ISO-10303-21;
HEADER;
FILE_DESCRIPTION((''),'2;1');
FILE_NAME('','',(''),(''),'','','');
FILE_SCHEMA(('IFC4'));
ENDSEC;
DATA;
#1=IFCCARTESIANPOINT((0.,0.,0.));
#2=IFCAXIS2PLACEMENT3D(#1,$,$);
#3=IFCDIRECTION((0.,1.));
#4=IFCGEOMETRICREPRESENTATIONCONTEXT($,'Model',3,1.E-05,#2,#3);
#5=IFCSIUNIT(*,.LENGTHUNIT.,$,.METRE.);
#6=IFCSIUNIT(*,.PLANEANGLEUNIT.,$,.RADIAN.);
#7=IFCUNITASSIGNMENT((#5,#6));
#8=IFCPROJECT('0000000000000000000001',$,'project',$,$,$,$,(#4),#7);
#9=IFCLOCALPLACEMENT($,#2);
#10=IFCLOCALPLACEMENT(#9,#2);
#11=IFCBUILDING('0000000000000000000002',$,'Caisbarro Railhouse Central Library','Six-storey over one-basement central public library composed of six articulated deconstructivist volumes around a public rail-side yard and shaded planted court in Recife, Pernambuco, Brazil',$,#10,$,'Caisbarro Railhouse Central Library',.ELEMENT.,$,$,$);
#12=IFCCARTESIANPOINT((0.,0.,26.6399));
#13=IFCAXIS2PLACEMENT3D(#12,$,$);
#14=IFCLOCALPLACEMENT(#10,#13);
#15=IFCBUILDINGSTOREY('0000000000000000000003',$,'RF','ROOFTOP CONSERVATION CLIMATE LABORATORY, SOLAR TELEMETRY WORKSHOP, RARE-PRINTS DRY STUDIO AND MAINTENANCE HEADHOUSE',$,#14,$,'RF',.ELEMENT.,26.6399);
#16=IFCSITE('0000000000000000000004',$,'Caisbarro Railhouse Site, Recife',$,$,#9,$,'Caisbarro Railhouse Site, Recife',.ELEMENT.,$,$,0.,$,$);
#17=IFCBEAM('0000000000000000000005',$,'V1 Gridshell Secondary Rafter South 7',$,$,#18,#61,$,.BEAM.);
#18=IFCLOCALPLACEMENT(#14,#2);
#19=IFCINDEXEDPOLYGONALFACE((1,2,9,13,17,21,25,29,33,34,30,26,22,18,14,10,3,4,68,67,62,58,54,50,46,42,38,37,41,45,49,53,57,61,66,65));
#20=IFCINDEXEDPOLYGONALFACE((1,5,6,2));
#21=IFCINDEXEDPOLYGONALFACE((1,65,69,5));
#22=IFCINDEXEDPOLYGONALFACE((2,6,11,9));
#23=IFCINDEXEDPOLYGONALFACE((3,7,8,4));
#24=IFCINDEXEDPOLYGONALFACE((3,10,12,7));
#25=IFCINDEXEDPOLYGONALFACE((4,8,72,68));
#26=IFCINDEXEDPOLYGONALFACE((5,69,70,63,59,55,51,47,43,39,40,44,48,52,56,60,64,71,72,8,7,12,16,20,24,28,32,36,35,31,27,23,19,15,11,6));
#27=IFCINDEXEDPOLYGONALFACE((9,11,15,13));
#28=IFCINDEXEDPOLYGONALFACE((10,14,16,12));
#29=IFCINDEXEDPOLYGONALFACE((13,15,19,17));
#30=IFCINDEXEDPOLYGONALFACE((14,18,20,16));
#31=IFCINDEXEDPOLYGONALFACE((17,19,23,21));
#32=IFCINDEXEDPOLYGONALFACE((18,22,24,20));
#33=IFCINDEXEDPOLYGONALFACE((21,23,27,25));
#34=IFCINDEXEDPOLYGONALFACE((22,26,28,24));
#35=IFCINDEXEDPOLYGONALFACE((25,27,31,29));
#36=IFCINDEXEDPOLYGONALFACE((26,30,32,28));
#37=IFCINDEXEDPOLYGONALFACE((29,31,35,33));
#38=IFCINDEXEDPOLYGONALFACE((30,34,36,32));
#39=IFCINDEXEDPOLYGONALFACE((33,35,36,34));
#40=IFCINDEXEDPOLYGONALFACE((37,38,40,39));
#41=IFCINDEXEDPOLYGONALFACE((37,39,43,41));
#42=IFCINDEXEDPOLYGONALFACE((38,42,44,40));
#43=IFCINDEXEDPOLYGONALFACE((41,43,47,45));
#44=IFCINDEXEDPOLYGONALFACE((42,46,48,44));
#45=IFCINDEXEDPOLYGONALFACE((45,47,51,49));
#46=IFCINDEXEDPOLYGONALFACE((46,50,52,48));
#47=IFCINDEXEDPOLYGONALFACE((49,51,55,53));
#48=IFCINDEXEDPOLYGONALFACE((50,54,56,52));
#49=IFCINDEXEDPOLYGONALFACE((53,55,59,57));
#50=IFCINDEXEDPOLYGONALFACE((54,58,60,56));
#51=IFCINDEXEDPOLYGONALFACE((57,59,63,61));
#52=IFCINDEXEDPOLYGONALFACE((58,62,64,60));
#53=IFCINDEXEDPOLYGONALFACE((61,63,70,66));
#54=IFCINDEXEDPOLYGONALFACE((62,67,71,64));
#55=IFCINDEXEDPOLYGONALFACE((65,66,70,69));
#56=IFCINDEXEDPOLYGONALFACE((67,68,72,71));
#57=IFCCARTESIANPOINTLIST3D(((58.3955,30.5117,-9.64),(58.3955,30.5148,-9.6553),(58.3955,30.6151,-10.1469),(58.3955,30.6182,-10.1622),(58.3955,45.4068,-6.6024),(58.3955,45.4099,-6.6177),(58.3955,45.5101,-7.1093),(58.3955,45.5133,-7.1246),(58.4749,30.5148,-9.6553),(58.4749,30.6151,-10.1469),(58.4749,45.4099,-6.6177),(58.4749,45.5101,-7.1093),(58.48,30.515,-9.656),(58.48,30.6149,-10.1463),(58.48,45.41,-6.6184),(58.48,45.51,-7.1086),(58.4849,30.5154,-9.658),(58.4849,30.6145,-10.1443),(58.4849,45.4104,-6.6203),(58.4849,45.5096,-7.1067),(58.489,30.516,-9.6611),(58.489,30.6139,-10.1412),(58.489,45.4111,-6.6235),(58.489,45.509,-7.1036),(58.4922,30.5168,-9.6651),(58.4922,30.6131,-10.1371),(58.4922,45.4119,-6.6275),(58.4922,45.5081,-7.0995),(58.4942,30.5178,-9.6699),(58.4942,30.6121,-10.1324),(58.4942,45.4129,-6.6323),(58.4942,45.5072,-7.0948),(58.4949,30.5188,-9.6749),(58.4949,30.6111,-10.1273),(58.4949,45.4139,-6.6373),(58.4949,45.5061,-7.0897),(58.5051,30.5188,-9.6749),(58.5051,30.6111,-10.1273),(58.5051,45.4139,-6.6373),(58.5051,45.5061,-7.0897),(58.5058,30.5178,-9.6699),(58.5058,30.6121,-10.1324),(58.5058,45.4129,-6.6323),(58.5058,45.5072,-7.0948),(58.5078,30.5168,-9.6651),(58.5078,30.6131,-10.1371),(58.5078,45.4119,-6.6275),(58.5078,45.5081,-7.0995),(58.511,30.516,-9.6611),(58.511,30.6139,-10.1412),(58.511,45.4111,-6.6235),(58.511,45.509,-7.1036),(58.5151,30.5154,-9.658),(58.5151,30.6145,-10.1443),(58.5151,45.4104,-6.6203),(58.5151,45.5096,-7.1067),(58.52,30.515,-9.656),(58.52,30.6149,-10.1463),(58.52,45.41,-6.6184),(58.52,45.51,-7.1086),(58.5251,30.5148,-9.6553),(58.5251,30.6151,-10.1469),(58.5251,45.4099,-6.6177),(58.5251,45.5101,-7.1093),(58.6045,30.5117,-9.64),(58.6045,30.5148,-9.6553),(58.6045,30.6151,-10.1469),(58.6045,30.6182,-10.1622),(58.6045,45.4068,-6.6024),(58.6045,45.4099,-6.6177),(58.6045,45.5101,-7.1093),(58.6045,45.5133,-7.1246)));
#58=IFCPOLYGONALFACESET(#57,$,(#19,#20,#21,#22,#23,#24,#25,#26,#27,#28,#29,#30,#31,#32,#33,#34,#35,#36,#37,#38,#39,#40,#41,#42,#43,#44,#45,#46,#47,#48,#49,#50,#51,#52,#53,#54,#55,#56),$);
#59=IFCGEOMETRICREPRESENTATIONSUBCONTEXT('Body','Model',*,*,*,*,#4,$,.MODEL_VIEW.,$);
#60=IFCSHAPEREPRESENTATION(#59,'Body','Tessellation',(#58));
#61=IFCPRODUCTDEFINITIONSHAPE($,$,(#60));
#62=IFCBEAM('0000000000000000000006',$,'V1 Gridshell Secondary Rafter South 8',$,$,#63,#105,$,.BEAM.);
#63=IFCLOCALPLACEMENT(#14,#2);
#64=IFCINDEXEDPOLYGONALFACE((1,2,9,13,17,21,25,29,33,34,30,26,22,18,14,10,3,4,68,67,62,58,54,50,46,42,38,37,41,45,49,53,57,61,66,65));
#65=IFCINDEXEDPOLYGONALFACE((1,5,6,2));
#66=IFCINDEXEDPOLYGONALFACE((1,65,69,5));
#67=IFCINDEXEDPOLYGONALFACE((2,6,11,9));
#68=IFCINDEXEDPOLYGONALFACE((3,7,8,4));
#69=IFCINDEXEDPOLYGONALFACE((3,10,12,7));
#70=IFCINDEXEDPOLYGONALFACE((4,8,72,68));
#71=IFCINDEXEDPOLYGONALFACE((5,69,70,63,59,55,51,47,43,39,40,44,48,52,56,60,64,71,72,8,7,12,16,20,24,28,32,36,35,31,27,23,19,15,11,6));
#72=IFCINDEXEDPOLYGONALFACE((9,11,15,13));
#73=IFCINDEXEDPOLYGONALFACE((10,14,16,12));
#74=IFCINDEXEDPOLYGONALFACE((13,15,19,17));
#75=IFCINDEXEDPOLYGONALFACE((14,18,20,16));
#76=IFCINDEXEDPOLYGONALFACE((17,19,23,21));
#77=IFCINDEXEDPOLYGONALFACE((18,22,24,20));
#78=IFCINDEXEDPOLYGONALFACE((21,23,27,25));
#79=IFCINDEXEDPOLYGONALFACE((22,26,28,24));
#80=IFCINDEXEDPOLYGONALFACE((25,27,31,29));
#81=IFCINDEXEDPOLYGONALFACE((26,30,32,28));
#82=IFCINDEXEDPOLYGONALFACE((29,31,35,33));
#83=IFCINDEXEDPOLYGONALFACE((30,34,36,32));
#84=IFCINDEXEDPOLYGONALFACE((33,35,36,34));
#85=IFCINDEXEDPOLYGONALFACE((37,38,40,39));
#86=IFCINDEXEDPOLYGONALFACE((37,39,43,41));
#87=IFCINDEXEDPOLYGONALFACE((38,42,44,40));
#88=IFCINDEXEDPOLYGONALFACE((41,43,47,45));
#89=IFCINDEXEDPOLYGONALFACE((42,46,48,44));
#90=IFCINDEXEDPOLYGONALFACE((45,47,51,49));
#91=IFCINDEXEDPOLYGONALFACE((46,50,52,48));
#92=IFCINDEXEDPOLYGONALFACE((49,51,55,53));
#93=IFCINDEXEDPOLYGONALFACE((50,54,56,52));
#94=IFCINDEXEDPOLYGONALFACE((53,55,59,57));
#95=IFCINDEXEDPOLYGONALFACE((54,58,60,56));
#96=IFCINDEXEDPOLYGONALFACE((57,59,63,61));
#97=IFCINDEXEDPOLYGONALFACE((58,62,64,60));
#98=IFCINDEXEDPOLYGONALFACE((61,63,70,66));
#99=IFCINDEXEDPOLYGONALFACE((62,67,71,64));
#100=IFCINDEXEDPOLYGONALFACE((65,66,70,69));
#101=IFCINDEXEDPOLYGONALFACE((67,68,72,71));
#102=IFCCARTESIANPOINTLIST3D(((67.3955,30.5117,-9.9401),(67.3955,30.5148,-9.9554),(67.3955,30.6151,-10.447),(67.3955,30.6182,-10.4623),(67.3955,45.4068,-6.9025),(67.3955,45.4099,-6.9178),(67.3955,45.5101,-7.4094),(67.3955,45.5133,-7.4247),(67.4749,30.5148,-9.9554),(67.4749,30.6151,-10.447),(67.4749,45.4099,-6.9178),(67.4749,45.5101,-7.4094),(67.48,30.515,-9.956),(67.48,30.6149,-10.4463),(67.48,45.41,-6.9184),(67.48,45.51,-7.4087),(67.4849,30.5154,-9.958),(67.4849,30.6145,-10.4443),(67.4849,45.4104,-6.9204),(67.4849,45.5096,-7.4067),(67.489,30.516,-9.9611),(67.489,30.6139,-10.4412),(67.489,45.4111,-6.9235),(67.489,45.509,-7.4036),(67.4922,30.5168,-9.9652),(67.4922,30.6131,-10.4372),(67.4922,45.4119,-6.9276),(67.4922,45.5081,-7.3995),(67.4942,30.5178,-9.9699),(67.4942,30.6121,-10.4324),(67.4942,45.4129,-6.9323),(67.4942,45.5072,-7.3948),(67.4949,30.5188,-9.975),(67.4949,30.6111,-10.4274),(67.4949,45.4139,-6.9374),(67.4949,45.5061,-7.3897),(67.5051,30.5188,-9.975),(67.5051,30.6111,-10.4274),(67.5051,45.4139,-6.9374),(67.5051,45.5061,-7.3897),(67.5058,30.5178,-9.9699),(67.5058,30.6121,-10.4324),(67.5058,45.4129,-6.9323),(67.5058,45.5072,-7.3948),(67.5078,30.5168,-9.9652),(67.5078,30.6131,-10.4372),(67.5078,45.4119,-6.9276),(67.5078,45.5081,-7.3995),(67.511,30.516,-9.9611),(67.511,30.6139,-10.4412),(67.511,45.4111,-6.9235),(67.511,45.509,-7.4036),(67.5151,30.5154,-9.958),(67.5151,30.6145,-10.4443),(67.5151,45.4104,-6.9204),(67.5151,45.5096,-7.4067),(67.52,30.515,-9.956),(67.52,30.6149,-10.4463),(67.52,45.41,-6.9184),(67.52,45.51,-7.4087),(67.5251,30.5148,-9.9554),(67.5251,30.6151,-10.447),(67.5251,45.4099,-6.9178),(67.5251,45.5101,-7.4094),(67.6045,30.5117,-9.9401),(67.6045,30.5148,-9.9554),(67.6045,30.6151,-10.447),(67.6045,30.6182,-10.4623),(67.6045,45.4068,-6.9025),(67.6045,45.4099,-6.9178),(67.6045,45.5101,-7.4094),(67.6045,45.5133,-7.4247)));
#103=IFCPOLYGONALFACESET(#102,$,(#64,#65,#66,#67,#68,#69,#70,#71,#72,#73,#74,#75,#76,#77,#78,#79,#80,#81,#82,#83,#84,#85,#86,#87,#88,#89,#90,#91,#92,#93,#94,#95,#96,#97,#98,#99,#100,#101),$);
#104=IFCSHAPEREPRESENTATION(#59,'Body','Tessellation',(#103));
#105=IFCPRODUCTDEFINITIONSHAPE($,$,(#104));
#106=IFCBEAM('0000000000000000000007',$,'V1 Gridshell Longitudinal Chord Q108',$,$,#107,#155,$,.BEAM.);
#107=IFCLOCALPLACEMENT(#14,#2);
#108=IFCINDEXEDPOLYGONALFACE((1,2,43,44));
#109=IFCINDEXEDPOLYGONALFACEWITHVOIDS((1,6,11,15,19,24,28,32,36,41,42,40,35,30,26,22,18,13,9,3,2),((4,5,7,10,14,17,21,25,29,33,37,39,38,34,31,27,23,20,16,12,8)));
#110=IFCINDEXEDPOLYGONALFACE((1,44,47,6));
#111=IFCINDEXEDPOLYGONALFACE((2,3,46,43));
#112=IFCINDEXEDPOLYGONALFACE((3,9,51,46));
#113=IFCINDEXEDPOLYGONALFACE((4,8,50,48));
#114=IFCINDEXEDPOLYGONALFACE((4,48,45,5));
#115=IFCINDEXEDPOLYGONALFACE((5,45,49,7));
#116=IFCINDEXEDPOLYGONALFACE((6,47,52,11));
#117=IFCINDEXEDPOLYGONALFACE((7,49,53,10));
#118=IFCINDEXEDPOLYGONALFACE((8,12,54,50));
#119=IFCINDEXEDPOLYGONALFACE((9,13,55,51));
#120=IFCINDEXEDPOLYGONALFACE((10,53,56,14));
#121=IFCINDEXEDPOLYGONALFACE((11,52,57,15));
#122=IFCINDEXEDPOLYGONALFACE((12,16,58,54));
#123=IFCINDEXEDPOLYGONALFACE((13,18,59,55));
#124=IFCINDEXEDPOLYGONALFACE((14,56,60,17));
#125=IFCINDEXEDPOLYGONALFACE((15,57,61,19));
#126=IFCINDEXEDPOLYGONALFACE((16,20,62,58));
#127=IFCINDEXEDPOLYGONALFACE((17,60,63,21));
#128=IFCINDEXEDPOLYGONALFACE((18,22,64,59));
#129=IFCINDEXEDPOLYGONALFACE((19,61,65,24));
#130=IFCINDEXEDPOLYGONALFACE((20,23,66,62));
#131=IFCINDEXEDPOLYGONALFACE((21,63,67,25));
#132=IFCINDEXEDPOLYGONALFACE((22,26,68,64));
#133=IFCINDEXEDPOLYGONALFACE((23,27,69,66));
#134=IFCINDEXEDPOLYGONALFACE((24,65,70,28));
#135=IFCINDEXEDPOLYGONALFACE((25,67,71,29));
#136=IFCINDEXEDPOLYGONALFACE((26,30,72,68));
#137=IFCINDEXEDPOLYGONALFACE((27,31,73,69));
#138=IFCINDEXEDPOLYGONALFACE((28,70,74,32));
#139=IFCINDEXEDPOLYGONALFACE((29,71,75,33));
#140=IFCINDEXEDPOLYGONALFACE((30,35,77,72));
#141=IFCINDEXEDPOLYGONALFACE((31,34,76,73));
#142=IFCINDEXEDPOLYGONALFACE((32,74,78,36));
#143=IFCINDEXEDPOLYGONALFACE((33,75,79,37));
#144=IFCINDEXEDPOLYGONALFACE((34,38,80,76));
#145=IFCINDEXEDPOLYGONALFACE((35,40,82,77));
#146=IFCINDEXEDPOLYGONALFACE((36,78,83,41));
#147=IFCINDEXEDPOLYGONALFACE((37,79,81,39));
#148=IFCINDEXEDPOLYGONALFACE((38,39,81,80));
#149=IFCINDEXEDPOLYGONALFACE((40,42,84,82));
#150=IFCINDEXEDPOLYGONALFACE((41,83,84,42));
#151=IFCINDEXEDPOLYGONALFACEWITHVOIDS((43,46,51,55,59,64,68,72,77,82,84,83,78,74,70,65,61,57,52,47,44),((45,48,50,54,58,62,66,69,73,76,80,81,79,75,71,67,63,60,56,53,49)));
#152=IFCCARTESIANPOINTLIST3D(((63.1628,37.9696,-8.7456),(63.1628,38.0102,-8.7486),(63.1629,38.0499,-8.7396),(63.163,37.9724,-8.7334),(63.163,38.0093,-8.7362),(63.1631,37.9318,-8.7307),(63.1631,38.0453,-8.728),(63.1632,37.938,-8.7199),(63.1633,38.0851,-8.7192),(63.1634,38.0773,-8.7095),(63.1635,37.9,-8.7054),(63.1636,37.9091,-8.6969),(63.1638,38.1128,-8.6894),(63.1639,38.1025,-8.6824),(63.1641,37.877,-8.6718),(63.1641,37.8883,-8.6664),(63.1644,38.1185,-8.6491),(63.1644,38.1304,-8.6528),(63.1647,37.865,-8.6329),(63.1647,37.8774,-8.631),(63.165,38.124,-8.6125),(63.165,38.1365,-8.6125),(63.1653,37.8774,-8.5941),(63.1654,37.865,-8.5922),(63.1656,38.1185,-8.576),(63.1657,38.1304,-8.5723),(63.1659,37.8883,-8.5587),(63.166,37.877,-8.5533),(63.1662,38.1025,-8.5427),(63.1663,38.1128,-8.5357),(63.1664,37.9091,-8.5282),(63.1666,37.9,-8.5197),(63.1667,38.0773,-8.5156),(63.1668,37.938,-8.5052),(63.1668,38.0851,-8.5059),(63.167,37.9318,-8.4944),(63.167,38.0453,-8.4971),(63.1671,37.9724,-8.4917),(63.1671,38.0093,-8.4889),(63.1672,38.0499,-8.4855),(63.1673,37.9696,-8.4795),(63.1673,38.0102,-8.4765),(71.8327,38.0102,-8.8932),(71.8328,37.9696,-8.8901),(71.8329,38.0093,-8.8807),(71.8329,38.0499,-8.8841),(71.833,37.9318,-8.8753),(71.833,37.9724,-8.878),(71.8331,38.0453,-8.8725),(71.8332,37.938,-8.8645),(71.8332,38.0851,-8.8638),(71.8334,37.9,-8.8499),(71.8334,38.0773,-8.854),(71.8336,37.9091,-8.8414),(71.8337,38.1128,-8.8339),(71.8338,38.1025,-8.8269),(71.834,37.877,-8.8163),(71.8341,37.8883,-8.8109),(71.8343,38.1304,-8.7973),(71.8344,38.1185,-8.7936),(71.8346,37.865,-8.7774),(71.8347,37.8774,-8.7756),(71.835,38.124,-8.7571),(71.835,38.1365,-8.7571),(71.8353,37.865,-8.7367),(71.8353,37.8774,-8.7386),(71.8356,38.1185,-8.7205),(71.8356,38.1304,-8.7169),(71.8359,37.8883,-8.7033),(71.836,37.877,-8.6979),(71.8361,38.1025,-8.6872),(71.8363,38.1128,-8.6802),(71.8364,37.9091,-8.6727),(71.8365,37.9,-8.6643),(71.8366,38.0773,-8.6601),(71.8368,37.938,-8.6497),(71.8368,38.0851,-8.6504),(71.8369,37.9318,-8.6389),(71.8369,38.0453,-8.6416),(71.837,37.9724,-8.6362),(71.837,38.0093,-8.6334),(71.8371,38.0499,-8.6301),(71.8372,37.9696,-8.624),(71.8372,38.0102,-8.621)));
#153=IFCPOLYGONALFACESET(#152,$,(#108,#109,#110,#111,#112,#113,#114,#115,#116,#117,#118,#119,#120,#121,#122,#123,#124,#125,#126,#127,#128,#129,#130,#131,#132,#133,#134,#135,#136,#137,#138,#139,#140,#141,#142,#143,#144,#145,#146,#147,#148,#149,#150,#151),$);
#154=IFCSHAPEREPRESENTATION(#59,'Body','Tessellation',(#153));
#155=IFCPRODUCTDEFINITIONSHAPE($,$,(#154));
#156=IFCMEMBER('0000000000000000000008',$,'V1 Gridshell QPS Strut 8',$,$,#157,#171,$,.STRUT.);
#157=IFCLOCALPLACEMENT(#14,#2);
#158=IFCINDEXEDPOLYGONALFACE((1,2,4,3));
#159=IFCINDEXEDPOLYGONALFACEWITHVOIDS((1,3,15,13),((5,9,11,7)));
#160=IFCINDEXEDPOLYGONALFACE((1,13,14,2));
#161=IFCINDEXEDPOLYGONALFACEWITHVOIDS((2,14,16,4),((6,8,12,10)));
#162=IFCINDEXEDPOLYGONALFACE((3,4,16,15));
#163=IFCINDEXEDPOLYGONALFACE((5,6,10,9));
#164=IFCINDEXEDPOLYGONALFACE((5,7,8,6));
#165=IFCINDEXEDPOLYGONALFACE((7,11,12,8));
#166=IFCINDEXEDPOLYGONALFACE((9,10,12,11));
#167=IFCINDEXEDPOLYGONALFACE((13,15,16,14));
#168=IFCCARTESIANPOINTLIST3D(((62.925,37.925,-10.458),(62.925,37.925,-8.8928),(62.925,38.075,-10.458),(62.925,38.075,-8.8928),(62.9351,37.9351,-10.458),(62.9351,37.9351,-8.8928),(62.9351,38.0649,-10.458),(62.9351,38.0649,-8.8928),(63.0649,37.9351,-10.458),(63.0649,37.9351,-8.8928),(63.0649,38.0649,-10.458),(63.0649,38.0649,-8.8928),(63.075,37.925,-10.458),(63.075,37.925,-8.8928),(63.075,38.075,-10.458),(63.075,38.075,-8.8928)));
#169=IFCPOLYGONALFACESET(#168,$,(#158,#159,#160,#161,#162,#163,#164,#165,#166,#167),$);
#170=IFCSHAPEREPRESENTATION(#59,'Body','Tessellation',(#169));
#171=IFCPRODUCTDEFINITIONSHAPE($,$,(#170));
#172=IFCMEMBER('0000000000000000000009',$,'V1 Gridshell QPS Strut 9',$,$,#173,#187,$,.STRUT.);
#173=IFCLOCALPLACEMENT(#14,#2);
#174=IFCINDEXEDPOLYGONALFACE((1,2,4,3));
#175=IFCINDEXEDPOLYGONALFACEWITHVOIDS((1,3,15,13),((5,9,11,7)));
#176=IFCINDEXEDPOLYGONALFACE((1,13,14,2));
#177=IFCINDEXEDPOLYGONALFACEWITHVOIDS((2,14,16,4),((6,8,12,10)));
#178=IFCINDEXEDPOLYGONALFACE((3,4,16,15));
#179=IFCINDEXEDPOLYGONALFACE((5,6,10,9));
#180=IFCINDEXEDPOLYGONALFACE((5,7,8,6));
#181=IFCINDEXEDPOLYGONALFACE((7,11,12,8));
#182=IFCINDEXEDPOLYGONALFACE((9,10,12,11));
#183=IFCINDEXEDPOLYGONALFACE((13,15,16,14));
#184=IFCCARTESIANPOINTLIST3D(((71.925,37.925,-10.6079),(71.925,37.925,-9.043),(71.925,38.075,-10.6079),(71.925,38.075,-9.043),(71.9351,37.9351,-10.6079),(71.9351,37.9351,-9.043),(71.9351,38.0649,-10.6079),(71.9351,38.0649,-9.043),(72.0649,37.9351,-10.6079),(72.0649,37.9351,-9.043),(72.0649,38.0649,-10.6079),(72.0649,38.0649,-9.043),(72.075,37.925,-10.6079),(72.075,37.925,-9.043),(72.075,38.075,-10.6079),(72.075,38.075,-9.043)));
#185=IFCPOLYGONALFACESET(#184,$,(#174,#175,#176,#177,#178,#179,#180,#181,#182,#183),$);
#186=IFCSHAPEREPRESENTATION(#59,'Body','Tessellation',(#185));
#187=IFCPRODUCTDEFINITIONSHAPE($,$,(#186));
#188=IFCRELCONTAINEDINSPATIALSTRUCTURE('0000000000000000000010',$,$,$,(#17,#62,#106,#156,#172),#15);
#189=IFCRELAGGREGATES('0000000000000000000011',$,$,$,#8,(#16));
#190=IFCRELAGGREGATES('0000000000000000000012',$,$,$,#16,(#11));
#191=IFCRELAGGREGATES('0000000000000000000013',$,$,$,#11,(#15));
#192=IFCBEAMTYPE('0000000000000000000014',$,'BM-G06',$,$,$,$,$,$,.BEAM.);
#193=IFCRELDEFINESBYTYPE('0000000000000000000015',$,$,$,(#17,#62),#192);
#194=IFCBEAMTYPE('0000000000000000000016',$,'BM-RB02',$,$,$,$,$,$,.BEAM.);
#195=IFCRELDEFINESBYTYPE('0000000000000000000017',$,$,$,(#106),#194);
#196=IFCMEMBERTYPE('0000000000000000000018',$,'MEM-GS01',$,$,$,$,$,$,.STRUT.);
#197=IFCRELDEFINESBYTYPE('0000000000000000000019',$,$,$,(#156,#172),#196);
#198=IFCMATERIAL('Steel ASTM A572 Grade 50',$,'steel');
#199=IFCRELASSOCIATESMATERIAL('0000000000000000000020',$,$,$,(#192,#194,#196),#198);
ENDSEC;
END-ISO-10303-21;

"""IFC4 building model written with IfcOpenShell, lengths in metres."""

from ifc_helpers import new_model, si_unit, direction, frame, origin, origin_2d, place, context, subcontext, project, spatial, hollow_rectangle, hollow_circle, i_section, extrude, material, material_profile, profile_set, type_object, element, save


model = new_model("IFC4")

# Units and contexts
model_context = context("Model", 3, precision=1e-05, world=origin(), true_north=direction((0.0, 1.0)))
body_context = subcontext(model_context, "Body", "Model", "MODEL_VIEW")
ifc_project = project(units=[si_unit("LENGTHUNIT", "METRE"), si_unit("PLANEANGLEUNIT", "RADIAN")], contexts=[model_context])

# Site, building, storey
site_placement = place(None, origin())
site = spatial("IfcSite", under=ifc_project, at=site_placement, Name="Caisbarro Railhouse Site, Recife", LongName="Caisbarro Railhouse Site, Recife", CompositionType="ELEMENT", RefElevation=0.0)
building_placement = place(site_placement, origin())
building = spatial("IfcBuilding", under=site, at=building_placement, Name="Caisbarro Railhouse Central Library", Description="Six-storey over one-basement central public library composed of six articulated deconstructivist volumes around a public rail-side yard and shaded planted court in Recife, Pernambuco, Brazil", LongName="Caisbarro Railhouse Central Library", CompositionType="ELEMENT")
storey_placement = place(building_placement, frame((0.0, 0.0, 26.6399)))
storey = spatial("IfcBuildingStorey", under=building, at=storey_placement, Name="RF", Description="ROOFTOP CONSERVATION CLIMATE LABORATORY, SOLAR TELEMETRY WORKSHOP, RARE-PRINTS DRY STUDIO AND MAINTENANCE HEADHOUSE", LongName="RF", CompositionType="ELEMENT", Elevation=26.6399)

# Beams
ifc_material = material(Name="Steel ASTM A572 Grade 50", Category="steel")
ifc_material_profile_1 = material_profile(ifc_material, i_section(OverallWidth=0.209, OverallDepth=0.533, WebThickness=0.0103, FlangeThickness=0.0156, FilletRadius=0.02, at=origin_2d()), Name="W530X92.0")
ifc_profile_set_1 = profile_set([ifc_material_profile_1], Name="Steel ASTM A572 Grade 50")
beam_type_1 = type_object("IfcBeamType", Name="BM-G06", PredefinedType="BEAM", material=ifc_profile_set_1)
for number, where, z_axis, x_axis, name in (
    (1, (58.5, 30.5649, -9.9011), (0.0, 0.979832, 0.199821), (-1.0, 0.0, 0.0), "V1 Gridshell Secondary Rafter South 7"),
    (2, (67.5, 30.5649, -10.2012), (0.0, 0.979832, 0.199821), (-1.0, 0.0, 0.0), "V1 Gridshell Secondary Rafter South 8"),
):
    element("IfcBeam", number, at=place(storey_placement, frame(where, z_axis=z_axis, x_axis=x_axis)), inside=storey, type_object=beam_type_1, Name=name, PredefinedType="BEAM", context=body_context, shape_type="SweptSolid", body=[
        extrude(i_section(OverallWidth=0.209, OverallDepth=0.533, WebThickness=0.0103, FlangeThickness=0.0156, FilletRadius=0.02, at=origin_2d()), origin(), (0.0, 0.0, 1.0), 15.2017),
    ])
ifc_material_profile_2 = material_profile(ifc_material, hollow_circle(Radius=0.1365, WallThickness=0.0125, at=origin_2d()), Name="CHS273.0X12.5")
ifc_profile_set_2 = profile_set([ifc_material_profile_2], Name="Steel ASTM A572 Grade 50")
beam_type_2 = type_object("IfcBeamType", Name="BM-RB02", PredefinedType="BEAM", material=ifc_profile_set_2)
beam_placement = place(storey_placement, frame((63.165, 38.0, -8.6125), z_axis=(0.999861, 0.0, -0.016668), x_axis=(0.0, 1.0, 0.0)))
element("IfcBeam", 3, at=beam_placement, inside=storey, type_object=beam_type_2, Name="V1 Gridshell Longitudinal Chord Q108", PredefinedType="BEAM", context=body_context, shape_type="SweptSolid", body=[
    extrude(hollow_circle(Radius=0.1365, WallThickness=0.0125, at=origin_2d()), origin(), (0.0, 0.0, 1.0), 8.6711),
])

# Members
ifc_material_profile_3 = material_profile(ifc_material, hollow_rectangle(XDim=0.1499, YDim=0.1499, WallThickness=0.01, at=origin_2d()), Name="HSS150X150X10")
ifc_profile_set_3 = profile_set([ifc_material_profile_3], Name="Steel ASTM A572 Grade 50")
member_type_1 = type_object("IfcMemberType", Name="MEM-GS01", PredefinedType="STRUT", material=ifc_profile_set_3)
member_1_placement = place(storey_placement, frame((63.0, 38.0, -10.458), z_axis=(0.0, 0.0, 1.0), x_axis=(1.0, 0.0, 0.0)))
element("IfcMember", 4, at=member_1_placement, inside=storey, type_object=member_type_1, Name="V1 Gridshell QPS Strut 8", PredefinedType="STRUT", context=body_context, shape_type="SweptSolid", body=[
    extrude(hollow_rectangle(XDim=0.1499, YDim=0.1499, WallThickness=0.01, at=origin_2d()), origin(), (0.0, 0.0, 1.0), 1.5652),
])
member_2_placement = place(storey_placement, frame((72.0, 38.0, -10.6079), z_axis=(0.0, 0.0, 1.0), x_axis=(1.0, 0.0, 0.0)))
element("IfcMember", 5, at=member_2_placement, inside=storey, type_object=member_type_1, Name="V1 Gridshell QPS Strut 9", PredefinedType="STRUT", context=body_context, shape_type="SweptSolid", body=[
    extrude(hollow_rectangle(XDim=0.1499, YDim=0.1499, WallThickness=0.01, at=origin_2d()), origin(), (0.0, 0.0, 1.0), 1.5649),
])

save(model, "model.ifc")
